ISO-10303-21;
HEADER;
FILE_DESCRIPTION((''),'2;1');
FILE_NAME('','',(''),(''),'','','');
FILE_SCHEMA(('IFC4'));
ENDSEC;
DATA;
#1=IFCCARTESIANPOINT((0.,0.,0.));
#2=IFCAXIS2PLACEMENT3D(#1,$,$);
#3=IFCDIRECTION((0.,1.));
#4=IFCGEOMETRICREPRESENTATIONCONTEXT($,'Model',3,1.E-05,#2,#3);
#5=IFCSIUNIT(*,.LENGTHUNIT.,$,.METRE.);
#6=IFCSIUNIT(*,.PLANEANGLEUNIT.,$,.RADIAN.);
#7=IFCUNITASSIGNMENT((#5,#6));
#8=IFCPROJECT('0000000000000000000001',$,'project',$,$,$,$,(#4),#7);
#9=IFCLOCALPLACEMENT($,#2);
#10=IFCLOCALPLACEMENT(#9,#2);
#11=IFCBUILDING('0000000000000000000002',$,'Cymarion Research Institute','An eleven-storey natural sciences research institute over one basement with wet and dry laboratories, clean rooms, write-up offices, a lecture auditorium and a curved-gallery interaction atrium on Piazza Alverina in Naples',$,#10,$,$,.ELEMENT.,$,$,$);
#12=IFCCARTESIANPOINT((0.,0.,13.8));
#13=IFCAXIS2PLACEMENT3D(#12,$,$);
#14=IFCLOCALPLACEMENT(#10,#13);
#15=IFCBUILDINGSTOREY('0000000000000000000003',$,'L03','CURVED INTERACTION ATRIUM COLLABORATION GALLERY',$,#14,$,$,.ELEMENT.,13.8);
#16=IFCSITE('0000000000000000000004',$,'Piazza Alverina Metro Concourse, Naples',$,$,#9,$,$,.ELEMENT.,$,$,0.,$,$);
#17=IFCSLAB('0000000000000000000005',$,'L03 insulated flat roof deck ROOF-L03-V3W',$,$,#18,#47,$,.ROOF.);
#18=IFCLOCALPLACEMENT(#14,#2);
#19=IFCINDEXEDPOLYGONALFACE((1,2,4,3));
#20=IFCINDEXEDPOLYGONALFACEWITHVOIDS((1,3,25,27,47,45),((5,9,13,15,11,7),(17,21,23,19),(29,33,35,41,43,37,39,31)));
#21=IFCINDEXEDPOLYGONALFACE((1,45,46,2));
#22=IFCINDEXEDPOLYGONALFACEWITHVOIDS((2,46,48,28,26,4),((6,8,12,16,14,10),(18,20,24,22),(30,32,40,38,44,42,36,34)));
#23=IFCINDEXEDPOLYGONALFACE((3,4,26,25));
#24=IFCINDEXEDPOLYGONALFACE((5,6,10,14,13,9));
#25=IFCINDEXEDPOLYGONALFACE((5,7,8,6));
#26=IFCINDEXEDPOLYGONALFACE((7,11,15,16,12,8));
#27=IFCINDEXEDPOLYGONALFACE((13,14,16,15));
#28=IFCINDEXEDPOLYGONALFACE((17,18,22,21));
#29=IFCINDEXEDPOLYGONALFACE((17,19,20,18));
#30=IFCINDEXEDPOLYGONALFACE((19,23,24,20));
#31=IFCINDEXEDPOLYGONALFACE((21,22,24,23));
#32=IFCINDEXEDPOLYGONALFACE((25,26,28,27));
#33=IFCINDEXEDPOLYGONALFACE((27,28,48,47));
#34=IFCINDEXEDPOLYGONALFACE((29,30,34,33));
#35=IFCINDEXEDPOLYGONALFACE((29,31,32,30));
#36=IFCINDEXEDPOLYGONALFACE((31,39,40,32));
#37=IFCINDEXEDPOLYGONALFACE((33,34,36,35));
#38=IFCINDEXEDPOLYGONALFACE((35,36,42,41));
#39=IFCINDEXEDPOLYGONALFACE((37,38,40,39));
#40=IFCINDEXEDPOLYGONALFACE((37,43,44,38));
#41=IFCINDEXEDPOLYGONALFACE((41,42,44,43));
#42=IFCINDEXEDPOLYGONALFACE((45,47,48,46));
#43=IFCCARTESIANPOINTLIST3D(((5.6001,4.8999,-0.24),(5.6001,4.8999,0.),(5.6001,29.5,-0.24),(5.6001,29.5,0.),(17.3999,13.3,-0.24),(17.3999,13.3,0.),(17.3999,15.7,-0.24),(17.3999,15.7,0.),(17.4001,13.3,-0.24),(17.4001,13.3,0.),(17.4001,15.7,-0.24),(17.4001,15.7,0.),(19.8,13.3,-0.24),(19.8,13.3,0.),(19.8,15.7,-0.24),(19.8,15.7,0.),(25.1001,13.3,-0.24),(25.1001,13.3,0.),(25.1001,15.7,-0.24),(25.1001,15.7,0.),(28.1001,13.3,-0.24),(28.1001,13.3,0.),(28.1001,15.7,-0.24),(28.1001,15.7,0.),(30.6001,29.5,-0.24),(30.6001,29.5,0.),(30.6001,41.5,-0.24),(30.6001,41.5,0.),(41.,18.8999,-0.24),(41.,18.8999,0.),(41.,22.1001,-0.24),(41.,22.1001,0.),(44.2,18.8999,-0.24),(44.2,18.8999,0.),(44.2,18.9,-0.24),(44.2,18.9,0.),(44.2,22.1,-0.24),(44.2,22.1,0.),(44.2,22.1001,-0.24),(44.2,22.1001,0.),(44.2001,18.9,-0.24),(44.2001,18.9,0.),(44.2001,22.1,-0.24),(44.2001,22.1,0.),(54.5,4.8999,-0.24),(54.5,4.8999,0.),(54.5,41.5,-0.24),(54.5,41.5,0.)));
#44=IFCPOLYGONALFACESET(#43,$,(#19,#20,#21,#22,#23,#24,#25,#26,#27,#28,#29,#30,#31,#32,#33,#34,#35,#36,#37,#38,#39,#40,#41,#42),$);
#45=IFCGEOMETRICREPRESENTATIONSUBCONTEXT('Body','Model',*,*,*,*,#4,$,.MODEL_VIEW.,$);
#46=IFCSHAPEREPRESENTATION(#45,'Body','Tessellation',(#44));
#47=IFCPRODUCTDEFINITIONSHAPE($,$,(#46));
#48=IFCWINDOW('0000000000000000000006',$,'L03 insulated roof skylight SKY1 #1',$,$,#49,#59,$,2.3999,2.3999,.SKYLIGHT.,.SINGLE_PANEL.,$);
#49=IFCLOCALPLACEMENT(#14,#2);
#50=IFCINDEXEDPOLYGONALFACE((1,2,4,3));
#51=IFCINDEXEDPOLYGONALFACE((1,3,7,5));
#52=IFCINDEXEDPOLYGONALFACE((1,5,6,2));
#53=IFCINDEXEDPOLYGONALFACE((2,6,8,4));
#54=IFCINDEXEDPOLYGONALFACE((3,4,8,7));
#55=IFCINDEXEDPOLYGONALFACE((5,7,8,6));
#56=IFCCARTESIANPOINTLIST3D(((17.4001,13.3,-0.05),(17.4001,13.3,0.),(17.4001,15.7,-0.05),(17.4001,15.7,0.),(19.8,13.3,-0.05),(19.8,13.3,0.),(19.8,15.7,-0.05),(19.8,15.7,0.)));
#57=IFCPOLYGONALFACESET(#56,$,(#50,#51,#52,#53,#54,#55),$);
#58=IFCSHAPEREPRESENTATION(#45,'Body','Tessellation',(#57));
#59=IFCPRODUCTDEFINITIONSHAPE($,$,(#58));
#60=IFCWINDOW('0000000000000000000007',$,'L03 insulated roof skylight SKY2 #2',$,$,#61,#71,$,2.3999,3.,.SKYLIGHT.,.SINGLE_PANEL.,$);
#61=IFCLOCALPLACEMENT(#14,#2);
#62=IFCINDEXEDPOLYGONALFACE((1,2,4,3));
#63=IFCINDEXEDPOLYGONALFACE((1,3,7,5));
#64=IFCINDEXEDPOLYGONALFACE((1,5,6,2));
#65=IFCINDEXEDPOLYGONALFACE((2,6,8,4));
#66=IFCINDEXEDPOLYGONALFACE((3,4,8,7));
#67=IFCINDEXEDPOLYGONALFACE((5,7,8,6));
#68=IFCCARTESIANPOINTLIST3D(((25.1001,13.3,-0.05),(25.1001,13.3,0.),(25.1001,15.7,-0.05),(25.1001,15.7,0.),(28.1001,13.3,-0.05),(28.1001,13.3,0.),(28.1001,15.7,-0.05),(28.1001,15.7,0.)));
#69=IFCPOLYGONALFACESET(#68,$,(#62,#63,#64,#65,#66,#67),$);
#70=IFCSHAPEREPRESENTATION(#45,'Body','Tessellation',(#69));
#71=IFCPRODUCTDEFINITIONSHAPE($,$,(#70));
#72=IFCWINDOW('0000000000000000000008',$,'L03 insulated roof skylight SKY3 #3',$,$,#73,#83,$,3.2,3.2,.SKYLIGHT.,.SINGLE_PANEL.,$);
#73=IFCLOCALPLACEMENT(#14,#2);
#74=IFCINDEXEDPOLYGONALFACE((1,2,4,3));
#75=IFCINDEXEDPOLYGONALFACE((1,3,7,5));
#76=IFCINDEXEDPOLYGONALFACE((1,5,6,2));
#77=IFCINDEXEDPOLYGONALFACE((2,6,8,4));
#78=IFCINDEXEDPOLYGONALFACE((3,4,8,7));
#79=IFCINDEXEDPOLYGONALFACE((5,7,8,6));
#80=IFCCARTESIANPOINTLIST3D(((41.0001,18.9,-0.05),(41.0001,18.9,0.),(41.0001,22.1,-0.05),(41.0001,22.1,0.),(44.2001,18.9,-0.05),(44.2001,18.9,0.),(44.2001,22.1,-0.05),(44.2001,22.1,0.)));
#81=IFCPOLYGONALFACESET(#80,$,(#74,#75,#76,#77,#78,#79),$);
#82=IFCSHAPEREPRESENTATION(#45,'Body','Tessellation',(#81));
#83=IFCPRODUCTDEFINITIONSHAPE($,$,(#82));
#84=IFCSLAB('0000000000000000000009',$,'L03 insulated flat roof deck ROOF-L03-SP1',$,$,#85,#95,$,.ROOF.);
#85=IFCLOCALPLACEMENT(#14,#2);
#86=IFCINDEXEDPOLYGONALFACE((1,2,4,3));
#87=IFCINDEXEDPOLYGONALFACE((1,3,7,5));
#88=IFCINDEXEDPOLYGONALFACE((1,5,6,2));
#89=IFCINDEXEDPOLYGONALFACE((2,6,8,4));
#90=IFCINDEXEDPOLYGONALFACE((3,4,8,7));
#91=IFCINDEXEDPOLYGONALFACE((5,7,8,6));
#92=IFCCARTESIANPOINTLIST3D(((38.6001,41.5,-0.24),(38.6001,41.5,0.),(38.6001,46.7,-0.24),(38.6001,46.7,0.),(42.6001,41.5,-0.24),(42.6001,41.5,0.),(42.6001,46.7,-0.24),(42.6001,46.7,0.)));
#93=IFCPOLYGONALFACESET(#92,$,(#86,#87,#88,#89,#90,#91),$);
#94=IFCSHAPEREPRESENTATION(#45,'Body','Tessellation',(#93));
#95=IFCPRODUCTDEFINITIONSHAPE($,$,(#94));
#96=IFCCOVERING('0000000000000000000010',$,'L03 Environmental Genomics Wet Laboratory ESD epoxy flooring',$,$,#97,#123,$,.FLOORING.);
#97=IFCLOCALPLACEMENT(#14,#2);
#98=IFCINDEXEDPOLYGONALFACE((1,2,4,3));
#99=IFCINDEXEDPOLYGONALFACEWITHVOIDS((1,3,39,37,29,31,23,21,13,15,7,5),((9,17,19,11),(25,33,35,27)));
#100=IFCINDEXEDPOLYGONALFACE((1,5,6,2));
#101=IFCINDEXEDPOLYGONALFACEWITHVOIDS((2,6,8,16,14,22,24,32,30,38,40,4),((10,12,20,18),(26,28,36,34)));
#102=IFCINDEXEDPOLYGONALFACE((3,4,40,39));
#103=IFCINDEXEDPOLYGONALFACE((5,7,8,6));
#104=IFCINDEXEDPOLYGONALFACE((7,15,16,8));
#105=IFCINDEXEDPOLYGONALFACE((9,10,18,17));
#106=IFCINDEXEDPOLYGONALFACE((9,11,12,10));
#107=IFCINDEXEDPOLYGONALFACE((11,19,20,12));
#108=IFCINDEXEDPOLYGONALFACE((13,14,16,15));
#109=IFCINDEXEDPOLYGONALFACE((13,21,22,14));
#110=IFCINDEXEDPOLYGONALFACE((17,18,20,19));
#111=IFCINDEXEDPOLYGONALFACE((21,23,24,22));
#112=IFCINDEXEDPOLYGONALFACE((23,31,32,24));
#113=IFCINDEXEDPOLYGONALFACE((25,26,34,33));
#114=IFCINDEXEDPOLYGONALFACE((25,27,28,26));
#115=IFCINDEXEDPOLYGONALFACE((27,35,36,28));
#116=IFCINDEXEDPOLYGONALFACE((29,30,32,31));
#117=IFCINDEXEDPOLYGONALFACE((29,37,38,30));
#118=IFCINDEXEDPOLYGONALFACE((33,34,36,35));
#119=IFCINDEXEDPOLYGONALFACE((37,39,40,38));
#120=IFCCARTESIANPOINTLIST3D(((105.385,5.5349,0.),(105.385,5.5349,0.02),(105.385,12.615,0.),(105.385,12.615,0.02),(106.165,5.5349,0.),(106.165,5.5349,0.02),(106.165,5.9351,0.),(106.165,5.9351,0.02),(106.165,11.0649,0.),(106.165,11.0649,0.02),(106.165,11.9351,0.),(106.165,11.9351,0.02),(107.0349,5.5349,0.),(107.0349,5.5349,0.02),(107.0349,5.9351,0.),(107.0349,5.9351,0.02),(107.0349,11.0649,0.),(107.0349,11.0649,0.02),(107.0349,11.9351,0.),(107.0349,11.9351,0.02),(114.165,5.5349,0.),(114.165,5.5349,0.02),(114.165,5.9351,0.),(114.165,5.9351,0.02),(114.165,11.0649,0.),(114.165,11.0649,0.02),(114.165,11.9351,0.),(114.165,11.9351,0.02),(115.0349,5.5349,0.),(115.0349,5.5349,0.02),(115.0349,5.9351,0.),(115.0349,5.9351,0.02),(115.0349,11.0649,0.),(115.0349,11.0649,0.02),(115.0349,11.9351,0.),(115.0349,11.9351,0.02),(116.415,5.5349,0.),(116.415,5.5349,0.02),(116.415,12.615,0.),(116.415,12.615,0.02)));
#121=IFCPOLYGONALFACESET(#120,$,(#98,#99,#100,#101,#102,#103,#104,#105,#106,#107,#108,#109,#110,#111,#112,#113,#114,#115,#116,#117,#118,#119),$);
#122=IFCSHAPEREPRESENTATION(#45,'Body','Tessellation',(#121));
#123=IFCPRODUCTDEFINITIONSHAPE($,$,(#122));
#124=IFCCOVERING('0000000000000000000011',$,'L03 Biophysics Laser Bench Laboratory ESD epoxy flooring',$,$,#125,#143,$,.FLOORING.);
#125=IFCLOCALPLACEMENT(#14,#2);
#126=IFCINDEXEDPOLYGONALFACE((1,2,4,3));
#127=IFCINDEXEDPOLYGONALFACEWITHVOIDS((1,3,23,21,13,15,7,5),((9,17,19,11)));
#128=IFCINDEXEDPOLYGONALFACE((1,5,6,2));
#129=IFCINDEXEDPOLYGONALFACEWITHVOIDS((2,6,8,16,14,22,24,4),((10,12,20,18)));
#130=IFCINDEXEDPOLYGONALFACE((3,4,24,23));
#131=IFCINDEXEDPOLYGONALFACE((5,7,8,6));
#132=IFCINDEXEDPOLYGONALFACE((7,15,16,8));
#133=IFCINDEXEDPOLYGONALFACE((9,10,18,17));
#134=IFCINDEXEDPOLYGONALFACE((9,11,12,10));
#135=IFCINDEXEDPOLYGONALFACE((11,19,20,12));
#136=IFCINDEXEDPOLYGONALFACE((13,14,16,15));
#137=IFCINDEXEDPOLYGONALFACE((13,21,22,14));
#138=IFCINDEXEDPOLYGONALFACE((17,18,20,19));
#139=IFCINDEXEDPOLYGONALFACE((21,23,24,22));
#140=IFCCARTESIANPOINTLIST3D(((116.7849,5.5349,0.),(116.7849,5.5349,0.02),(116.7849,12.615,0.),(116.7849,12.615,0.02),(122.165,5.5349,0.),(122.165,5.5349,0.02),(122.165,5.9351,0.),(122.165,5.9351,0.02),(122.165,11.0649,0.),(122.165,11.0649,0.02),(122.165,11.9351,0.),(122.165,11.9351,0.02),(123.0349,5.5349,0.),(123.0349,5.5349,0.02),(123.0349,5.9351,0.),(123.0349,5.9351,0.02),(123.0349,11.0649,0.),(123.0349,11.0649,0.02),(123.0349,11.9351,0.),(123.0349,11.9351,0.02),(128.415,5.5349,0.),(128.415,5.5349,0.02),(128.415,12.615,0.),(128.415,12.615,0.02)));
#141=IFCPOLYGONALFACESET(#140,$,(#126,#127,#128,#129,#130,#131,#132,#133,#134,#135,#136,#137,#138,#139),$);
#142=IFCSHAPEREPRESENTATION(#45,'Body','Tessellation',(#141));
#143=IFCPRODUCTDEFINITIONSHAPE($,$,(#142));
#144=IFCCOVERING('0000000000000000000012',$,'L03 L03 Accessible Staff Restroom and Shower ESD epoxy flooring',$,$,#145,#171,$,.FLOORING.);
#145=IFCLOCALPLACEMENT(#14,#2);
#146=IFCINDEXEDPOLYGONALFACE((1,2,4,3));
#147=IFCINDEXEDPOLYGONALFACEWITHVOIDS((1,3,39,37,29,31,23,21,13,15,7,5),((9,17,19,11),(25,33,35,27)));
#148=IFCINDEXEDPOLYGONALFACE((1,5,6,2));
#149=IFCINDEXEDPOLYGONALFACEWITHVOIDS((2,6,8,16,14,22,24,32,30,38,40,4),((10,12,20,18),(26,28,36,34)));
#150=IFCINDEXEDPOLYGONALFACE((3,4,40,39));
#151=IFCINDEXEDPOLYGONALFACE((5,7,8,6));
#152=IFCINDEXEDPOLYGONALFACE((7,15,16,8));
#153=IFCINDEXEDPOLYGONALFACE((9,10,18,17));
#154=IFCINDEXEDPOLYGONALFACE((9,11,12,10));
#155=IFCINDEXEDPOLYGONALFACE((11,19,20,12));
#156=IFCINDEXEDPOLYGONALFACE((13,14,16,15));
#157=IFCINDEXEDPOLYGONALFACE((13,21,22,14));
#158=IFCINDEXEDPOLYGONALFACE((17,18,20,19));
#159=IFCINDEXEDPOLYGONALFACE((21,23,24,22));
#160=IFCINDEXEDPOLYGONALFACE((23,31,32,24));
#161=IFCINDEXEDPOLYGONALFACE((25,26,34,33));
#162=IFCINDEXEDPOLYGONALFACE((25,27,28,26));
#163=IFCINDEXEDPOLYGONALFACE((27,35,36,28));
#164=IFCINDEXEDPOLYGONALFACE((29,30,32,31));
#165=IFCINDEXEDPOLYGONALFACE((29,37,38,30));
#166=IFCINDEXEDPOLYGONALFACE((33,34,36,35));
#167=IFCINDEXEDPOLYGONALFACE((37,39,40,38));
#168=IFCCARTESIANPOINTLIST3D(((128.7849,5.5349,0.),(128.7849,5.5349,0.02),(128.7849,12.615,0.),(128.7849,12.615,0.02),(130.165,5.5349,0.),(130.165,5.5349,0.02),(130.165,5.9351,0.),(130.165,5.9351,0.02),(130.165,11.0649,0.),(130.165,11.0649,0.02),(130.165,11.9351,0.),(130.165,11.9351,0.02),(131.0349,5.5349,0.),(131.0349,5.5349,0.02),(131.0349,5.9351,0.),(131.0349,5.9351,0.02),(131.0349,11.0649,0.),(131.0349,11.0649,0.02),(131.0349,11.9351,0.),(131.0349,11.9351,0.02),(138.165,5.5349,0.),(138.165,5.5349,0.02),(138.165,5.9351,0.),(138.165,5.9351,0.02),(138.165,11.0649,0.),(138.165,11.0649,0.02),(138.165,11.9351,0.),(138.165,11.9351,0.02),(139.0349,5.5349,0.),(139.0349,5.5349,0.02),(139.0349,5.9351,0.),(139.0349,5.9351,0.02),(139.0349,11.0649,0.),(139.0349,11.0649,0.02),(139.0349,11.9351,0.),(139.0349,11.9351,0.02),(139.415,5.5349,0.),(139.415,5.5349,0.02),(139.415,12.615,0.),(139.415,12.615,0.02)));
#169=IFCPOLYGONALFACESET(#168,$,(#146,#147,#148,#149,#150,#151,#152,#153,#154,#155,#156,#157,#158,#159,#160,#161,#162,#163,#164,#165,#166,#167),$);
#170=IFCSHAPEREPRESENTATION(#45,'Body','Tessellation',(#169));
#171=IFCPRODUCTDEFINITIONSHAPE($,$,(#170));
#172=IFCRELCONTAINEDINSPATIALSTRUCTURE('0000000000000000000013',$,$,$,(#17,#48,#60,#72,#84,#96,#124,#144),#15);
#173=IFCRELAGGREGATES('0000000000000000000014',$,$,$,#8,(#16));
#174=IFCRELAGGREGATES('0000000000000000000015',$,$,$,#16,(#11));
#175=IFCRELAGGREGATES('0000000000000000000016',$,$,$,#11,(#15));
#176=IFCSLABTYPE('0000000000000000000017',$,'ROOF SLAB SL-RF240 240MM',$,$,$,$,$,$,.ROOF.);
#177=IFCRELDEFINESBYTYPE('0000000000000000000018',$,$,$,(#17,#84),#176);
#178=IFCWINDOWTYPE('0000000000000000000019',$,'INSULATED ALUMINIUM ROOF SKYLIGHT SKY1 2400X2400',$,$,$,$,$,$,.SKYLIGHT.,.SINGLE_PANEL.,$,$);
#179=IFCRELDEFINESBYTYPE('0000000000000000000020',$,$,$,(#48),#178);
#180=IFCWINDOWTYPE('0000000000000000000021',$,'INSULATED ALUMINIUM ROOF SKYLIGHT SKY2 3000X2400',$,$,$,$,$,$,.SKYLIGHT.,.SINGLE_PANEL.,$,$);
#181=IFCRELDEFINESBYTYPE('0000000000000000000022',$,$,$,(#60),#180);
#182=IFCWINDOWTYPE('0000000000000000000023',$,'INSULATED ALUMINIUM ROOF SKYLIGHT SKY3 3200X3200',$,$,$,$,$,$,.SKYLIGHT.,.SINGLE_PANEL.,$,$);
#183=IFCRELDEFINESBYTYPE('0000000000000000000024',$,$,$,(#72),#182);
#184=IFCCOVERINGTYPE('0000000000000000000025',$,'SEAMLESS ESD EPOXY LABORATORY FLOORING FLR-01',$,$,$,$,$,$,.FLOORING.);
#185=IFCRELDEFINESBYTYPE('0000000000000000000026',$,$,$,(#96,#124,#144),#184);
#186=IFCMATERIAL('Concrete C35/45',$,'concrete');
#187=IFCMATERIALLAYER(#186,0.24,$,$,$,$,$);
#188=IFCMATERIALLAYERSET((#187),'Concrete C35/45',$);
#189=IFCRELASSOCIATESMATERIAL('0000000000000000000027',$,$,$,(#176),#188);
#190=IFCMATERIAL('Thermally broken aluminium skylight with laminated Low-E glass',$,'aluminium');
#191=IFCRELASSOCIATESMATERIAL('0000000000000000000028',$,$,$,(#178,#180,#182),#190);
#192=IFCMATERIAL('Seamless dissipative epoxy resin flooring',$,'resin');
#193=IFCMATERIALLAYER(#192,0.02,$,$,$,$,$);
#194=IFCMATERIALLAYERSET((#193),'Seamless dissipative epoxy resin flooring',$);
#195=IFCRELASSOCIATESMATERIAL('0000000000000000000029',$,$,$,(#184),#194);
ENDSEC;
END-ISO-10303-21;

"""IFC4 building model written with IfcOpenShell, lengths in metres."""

from ifc_helpers import new_model, si_unit, direction, frame, origin, origin_2d, place, context, subcontext, project, spatial, polyline, rectangle, outline, extrude, material, layer, layer_set, type_object, element, fill, save


model = new_model("IFC4")

# Units and contexts
model_context = context("Model", 3, precision=1e-05, world=origin(), true_north=direction((0.0, 1.0)))
body_context = subcontext(model_context, "Body", "Model", "MODEL_VIEW")
ifc_project = project(units=[si_unit("LENGTHUNIT", "METRE"), si_unit("PLANEANGLEUNIT", "RADIAN")], contexts=[model_context])

# Site, building, storey
site_placement = place(None, origin())
site = spatial("IfcSite", under=ifc_project, at=site_placement, Name="Piazza Alverina Metro Concourse, Naples", CompositionType="ELEMENT", RefElevation=0.0)
building_placement = place(site_placement, origin())
building = spatial("IfcBuilding", under=site, at=building_placement, Name="Cymarion Research Institute", Description="An eleven-storey natural sciences research institute over one basement with wet and dry laboratories, clean rooms, write-up offices, a lecture auditorium and a curved-gallery interaction atrium on Piazza Alverina in Naples", CompositionType="ELEMENT")
storey_placement = place(building_placement, frame((0.0, 0.0, 13.8)))
storey = spatial("IfcBuildingStorey", under=building, at=storey_placement, Name="L03", Description="CURVED INTERACTION ATRIUM COLLABORATION GALLERY", CompositionType="ELEMENT", Elevation=13.8)

# Shared definitions
ifc_material_1 = material(Name="Concrete C35/45", Category="concrete")

# Slab, openings, windows
ifc_layer_1 = layer(ifc_material_1, 0.24)
ifc_layer_set_1 = layer_set([ifc_layer_1], Name="Concrete C35/45")
slab_type_1 = type_object("IfcSlabType", Name="ROOF SLAB SL-RF240 240MM", PredefinedType="ROOF", material=ifc_layer_set_1)
slab_1_placement = place(storey_placement, frame((0.0, 0.0, -0.24)))
slab_1 = element("IfcSlab", 1, at=slab_1_placement, inside=storey, type_object=slab_type_1, Name="L03 insulated flat roof deck ROOF-L03-V3W", PredefinedType="ROOF", context=body_context, shape_type="SweptSolid", body=[
    extrude(outline(polyline([(5.6001, 4.8999), (54.5, 4.8999), (54.5, 41.5), (30.6001, 41.5), (30.6001, 29.5), (5.6001, 29.5), (5.6001, 4.8999)]), holes=[polyline([(17.3999, 13.3), (17.3999, 15.7), (19.8, 15.7), (19.8, 13.3), (17.3999, 13.3)]), polyline([(25.1001, 13.3), (25.1001, 15.7), (28.1001, 15.7), (28.1001, 13.3), (25.1001, 13.3)]), polyline([(41.0, 18.8999), (41.0, 22.1001), (44.2, 22.1001), (44.2, 18.8999), (41.0, 18.8999)])]), origin(), (0.0, 0.0, 1.0), 0.24),
])
opening_1_placement = place(slab_1_placement, frame((18.6001, 14.5, 0.0)))
opening_1 = element("IfcOpeningElement", 2, at=opening_1_placement, cuts=slab_1, PredefinedType="OPENING", context=body_context, shape_type="SweptSolid", body=[
    extrude(rectangle(XDim=2.3999, YDim=2.3999, at=origin_2d()), frame((0.0, 0.0, -0.01)), (0.0, 0.0, 1.0), 0.26),
])
opening_2_placement = place(slab_1_placement, frame((26.6001, 14.5, 0.0)))
opening_2 = element("IfcOpeningElement", 3, at=opening_2_placement, cuts=slab_1, PredefinedType="OPENING", context=body_context, shape_type="SweptSolid", body=[
    extrude(rectangle(XDim=3.0, YDim=2.3999, at=origin_2d()), frame((0.0, 0.0, -0.01)), (0.0, 0.0, 1.0), 0.26),
])
opening_3_placement = place(slab_1_placement, frame((42.6001, 20.5, 0.0)))
opening_3 = element("IfcOpeningElement", 4, at=opening_3_placement, cuts=slab_1, PredefinedType="OPENING", context=body_context, shape_type="SweptSolid", body=[
    extrude(rectangle(XDim=3.2, YDim=3.2, at=origin_2d()), frame((0.0, 0.0, -0.01)), (0.0, 0.0, 1.0), 0.26),
])
ifc_material_2 = material(Name="Thermally broken aluminium skylight with laminated Low-E glass", Category="aluminium")
window_type_1 = type_object("IfcWindowType", Name="INSULATED ALUMINIUM ROOF SKYLIGHT SKY1 2400X2400", PartitioningType="SINGLE_PANEL", PredefinedType="SKYLIGHT", material=ifc_material_2)
window_1_placement = place(opening_1_placement, frame((0.0, 0.0, 0.1899)))
window_1 = element("IfcWindow", 5, at=window_1_placement, inside=storey, type_object=window_type_1, Name="L03 insulated roof skylight SKY1 #1", OverallHeight=2.3999, OverallWidth=2.3999, PartitioningType="SINGLE_PANEL", PredefinedType="SKYLIGHT", context=body_context, shape_type="SweptSolid", body=[
    extrude(rectangle(XDim=2.3999, YDim=2.3999, at=origin_2d()), origin(), (0.0, 0.0, 1.0), 0.05),
])
fill(opening_1, window_1)
window_type_2 = type_object("IfcWindowType", Name="INSULATED ALUMINIUM ROOF SKYLIGHT SKY2 3000X2400", PartitioningType="SINGLE_PANEL", PredefinedType="SKYLIGHT", material=ifc_material_2)
window_2_placement = place(opening_2_placement, frame((0.0, 0.0, 0.1899)))
window_2 = element("IfcWindow", 6, at=window_2_placement, inside=storey, type_object=window_type_2, Name="L03 insulated roof skylight SKY2 #2", OverallHeight=2.3999, OverallWidth=3.0, PartitioningType="SINGLE_PANEL", PredefinedType="SKYLIGHT", context=body_context, shape_type="SweptSolid", body=[
    extrude(rectangle(XDim=3.0, YDim=2.3999, at=origin_2d()), origin(), (0.0, 0.0, 1.0), 0.05),
])
fill(opening_2, window_2)
window_type_3 = type_object("IfcWindowType", Name="INSULATED ALUMINIUM ROOF SKYLIGHT SKY3 3200X3200", PartitioningType="SINGLE_PANEL", PredefinedType="SKYLIGHT", material=ifc_material_2)
window_3_placement = place(opening_3_placement, frame((0.0, 0.0, 0.1899)))
window_3 = element("IfcWindow", 7, at=window_3_placement, inside=storey, type_object=window_type_3, Name="L03 insulated roof skylight SKY3 #3", OverallHeight=3.2, OverallWidth=3.2, PartitioningType="SINGLE_PANEL", PredefinedType="SKYLIGHT", context=body_context, shape_type="SweptSolid", body=[
    extrude(rectangle(XDim=3.2, YDim=3.2, at=origin_2d()), origin(), (0.0, 0.0, 1.0), 0.05),
])
fill(opening_3, window_3)

# Slab
slab_2_placement = place(storey_placement, frame((0.0, 0.0, -0.24)))
element("IfcSlab", 8, at=slab_2_placement, inside=storey, type_object=slab_type_1, Name="L03 insulated flat roof deck ROOF-L03-SP1", PredefinedType="ROOF", context=body_context, shape_type="SweptSolid", body=[
    extrude(outline(polyline([(38.6001, 41.5), (42.6001, 41.5), (42.6001, 46.7), (38.6001, 46.7), (38.6001, 41.5)])), origin(), (0.0, 0.0, 1.0), 0.24),
])

# Coverings
ifc_material_3 = material(Name="Seamless dissipative epoxy resin flooring", Category="resin")
ifc_layer_2 = layer(ifc_material_3, 0.02)
ifc_layer_set_2 = layer_set([ifc_layer_2], Name="Seamless dissipative epoxy resin flooring")
covering_type_1 = type_object("IfcCoveringType", Name="SEAMLESS ESD EPOXY LABORATORY FLOORING FLR-01", PredefinedType="FLOORING", material=ifc_layer_set_2)
covering_1_placement = place(storey_placement, origin())
element("IfcCovering", 9, at=covering_1_placement, inside=storey, type_object=covering_type_1, Name="L03 Environmental Genomics Wet Laboratory ESD epoxy flooring", PredefinedType="FLOORING", context=body_context, shape_type="SweptSolid", body=[
    extrude(outline(polyline([(105.385, 12.615), (116.415, 12.615), (116.415, 5.5349), (115.0349, 5.5349), (115.0349, 5.9351), (114.165, 5.9351), (114.165, 5.5349), (107.0349, 5.5349), (107.0349, 5.9351), (106.165, 5.9351), (106.165, 5.5349), (105.385, 5.5349), (105.385, 12.615)]), holes=[polyline([(114.165, 11.9351), (114.165, 11.0649), (115.0349, 11.0649), (115.0349, 11.9351), (114.165, 11.9351)]), polyline([(107.0349, 11.9351), (106.165, 11.9351), (106.165, 11.0649), (107.0349, 11.0649), (107.0349, 11.9351)])]), origin(), (0.0, 0.0, 1.0), 0.02),
])
covering_2_placement = place(storey_placement, origin())
element("IfcCovering", 10, at=covering_2_placement, inside=storey, type_object=covering_type_1, Name="L03 Biophysics Laser Bench Laboratory ESD epoxy flooring", PredefinedType="FLOORING", context=body_context, shape_type="SweptSolid", body=[
    extrude(outline(polyline([(116.7849, 12.615), (128.415, 12.615), (128.415, 5.5349), (123.0349, 5.5349), (123.0349, 5.9351), (122.165, 5.9351), (122.165, 5.5349), (116.7849, 5.5349), (116.7849, 12.615)]), holes=[polyline([(123.0349, 11.9351), (122.165, 11.9351), (122.165, 11.0649), (123.0349, 11.0649), (123.0349, 11.9351)])]), origin(), (0.0, 0.0, 1.0), 0.02),
])
covering_3_placement = place(storey_placement, origin())
element("IfcCovering", 11, at=covering_3_placement, inside=storey, type_object=covering_type_1, Name="L03 L03 Accessible Staff Restroom and Shower ESD epoxy flooring", PredefinedType="FLOORING", context=body_context, shape_type="SweptSolid", body=[
    extrude(outline(polyline([(128.7849, 12.615), (139.415, 12.615), (139.415, 5.5349), (139.0349, 5.5349), (139.0349, 5.9351), (138.165, 5.9351), (138.165, 5.5349), (131.0349, 5.5349), (131.0349, 5.9351), (130.165, 5.9351), (130.165, 5.5349), (128.7849, 5.5349), (128.7849, 12.615)]), holes=[polyline([(139.0349, 11.9351), (138.165, 11.9351), (138.165, 11.0649), (139.0349, 11.0649), (139.0349, 11.9351)]), polyline([(130.165, 11.9351), (130.165, 11.0649), (131.0349, 11.0649), (131.0349, 11.9351), (130.165, 11.9351)])]), origin(), (0.0, 0.0, 1.0), 0.02),
])

save(model, "model.ifc")
